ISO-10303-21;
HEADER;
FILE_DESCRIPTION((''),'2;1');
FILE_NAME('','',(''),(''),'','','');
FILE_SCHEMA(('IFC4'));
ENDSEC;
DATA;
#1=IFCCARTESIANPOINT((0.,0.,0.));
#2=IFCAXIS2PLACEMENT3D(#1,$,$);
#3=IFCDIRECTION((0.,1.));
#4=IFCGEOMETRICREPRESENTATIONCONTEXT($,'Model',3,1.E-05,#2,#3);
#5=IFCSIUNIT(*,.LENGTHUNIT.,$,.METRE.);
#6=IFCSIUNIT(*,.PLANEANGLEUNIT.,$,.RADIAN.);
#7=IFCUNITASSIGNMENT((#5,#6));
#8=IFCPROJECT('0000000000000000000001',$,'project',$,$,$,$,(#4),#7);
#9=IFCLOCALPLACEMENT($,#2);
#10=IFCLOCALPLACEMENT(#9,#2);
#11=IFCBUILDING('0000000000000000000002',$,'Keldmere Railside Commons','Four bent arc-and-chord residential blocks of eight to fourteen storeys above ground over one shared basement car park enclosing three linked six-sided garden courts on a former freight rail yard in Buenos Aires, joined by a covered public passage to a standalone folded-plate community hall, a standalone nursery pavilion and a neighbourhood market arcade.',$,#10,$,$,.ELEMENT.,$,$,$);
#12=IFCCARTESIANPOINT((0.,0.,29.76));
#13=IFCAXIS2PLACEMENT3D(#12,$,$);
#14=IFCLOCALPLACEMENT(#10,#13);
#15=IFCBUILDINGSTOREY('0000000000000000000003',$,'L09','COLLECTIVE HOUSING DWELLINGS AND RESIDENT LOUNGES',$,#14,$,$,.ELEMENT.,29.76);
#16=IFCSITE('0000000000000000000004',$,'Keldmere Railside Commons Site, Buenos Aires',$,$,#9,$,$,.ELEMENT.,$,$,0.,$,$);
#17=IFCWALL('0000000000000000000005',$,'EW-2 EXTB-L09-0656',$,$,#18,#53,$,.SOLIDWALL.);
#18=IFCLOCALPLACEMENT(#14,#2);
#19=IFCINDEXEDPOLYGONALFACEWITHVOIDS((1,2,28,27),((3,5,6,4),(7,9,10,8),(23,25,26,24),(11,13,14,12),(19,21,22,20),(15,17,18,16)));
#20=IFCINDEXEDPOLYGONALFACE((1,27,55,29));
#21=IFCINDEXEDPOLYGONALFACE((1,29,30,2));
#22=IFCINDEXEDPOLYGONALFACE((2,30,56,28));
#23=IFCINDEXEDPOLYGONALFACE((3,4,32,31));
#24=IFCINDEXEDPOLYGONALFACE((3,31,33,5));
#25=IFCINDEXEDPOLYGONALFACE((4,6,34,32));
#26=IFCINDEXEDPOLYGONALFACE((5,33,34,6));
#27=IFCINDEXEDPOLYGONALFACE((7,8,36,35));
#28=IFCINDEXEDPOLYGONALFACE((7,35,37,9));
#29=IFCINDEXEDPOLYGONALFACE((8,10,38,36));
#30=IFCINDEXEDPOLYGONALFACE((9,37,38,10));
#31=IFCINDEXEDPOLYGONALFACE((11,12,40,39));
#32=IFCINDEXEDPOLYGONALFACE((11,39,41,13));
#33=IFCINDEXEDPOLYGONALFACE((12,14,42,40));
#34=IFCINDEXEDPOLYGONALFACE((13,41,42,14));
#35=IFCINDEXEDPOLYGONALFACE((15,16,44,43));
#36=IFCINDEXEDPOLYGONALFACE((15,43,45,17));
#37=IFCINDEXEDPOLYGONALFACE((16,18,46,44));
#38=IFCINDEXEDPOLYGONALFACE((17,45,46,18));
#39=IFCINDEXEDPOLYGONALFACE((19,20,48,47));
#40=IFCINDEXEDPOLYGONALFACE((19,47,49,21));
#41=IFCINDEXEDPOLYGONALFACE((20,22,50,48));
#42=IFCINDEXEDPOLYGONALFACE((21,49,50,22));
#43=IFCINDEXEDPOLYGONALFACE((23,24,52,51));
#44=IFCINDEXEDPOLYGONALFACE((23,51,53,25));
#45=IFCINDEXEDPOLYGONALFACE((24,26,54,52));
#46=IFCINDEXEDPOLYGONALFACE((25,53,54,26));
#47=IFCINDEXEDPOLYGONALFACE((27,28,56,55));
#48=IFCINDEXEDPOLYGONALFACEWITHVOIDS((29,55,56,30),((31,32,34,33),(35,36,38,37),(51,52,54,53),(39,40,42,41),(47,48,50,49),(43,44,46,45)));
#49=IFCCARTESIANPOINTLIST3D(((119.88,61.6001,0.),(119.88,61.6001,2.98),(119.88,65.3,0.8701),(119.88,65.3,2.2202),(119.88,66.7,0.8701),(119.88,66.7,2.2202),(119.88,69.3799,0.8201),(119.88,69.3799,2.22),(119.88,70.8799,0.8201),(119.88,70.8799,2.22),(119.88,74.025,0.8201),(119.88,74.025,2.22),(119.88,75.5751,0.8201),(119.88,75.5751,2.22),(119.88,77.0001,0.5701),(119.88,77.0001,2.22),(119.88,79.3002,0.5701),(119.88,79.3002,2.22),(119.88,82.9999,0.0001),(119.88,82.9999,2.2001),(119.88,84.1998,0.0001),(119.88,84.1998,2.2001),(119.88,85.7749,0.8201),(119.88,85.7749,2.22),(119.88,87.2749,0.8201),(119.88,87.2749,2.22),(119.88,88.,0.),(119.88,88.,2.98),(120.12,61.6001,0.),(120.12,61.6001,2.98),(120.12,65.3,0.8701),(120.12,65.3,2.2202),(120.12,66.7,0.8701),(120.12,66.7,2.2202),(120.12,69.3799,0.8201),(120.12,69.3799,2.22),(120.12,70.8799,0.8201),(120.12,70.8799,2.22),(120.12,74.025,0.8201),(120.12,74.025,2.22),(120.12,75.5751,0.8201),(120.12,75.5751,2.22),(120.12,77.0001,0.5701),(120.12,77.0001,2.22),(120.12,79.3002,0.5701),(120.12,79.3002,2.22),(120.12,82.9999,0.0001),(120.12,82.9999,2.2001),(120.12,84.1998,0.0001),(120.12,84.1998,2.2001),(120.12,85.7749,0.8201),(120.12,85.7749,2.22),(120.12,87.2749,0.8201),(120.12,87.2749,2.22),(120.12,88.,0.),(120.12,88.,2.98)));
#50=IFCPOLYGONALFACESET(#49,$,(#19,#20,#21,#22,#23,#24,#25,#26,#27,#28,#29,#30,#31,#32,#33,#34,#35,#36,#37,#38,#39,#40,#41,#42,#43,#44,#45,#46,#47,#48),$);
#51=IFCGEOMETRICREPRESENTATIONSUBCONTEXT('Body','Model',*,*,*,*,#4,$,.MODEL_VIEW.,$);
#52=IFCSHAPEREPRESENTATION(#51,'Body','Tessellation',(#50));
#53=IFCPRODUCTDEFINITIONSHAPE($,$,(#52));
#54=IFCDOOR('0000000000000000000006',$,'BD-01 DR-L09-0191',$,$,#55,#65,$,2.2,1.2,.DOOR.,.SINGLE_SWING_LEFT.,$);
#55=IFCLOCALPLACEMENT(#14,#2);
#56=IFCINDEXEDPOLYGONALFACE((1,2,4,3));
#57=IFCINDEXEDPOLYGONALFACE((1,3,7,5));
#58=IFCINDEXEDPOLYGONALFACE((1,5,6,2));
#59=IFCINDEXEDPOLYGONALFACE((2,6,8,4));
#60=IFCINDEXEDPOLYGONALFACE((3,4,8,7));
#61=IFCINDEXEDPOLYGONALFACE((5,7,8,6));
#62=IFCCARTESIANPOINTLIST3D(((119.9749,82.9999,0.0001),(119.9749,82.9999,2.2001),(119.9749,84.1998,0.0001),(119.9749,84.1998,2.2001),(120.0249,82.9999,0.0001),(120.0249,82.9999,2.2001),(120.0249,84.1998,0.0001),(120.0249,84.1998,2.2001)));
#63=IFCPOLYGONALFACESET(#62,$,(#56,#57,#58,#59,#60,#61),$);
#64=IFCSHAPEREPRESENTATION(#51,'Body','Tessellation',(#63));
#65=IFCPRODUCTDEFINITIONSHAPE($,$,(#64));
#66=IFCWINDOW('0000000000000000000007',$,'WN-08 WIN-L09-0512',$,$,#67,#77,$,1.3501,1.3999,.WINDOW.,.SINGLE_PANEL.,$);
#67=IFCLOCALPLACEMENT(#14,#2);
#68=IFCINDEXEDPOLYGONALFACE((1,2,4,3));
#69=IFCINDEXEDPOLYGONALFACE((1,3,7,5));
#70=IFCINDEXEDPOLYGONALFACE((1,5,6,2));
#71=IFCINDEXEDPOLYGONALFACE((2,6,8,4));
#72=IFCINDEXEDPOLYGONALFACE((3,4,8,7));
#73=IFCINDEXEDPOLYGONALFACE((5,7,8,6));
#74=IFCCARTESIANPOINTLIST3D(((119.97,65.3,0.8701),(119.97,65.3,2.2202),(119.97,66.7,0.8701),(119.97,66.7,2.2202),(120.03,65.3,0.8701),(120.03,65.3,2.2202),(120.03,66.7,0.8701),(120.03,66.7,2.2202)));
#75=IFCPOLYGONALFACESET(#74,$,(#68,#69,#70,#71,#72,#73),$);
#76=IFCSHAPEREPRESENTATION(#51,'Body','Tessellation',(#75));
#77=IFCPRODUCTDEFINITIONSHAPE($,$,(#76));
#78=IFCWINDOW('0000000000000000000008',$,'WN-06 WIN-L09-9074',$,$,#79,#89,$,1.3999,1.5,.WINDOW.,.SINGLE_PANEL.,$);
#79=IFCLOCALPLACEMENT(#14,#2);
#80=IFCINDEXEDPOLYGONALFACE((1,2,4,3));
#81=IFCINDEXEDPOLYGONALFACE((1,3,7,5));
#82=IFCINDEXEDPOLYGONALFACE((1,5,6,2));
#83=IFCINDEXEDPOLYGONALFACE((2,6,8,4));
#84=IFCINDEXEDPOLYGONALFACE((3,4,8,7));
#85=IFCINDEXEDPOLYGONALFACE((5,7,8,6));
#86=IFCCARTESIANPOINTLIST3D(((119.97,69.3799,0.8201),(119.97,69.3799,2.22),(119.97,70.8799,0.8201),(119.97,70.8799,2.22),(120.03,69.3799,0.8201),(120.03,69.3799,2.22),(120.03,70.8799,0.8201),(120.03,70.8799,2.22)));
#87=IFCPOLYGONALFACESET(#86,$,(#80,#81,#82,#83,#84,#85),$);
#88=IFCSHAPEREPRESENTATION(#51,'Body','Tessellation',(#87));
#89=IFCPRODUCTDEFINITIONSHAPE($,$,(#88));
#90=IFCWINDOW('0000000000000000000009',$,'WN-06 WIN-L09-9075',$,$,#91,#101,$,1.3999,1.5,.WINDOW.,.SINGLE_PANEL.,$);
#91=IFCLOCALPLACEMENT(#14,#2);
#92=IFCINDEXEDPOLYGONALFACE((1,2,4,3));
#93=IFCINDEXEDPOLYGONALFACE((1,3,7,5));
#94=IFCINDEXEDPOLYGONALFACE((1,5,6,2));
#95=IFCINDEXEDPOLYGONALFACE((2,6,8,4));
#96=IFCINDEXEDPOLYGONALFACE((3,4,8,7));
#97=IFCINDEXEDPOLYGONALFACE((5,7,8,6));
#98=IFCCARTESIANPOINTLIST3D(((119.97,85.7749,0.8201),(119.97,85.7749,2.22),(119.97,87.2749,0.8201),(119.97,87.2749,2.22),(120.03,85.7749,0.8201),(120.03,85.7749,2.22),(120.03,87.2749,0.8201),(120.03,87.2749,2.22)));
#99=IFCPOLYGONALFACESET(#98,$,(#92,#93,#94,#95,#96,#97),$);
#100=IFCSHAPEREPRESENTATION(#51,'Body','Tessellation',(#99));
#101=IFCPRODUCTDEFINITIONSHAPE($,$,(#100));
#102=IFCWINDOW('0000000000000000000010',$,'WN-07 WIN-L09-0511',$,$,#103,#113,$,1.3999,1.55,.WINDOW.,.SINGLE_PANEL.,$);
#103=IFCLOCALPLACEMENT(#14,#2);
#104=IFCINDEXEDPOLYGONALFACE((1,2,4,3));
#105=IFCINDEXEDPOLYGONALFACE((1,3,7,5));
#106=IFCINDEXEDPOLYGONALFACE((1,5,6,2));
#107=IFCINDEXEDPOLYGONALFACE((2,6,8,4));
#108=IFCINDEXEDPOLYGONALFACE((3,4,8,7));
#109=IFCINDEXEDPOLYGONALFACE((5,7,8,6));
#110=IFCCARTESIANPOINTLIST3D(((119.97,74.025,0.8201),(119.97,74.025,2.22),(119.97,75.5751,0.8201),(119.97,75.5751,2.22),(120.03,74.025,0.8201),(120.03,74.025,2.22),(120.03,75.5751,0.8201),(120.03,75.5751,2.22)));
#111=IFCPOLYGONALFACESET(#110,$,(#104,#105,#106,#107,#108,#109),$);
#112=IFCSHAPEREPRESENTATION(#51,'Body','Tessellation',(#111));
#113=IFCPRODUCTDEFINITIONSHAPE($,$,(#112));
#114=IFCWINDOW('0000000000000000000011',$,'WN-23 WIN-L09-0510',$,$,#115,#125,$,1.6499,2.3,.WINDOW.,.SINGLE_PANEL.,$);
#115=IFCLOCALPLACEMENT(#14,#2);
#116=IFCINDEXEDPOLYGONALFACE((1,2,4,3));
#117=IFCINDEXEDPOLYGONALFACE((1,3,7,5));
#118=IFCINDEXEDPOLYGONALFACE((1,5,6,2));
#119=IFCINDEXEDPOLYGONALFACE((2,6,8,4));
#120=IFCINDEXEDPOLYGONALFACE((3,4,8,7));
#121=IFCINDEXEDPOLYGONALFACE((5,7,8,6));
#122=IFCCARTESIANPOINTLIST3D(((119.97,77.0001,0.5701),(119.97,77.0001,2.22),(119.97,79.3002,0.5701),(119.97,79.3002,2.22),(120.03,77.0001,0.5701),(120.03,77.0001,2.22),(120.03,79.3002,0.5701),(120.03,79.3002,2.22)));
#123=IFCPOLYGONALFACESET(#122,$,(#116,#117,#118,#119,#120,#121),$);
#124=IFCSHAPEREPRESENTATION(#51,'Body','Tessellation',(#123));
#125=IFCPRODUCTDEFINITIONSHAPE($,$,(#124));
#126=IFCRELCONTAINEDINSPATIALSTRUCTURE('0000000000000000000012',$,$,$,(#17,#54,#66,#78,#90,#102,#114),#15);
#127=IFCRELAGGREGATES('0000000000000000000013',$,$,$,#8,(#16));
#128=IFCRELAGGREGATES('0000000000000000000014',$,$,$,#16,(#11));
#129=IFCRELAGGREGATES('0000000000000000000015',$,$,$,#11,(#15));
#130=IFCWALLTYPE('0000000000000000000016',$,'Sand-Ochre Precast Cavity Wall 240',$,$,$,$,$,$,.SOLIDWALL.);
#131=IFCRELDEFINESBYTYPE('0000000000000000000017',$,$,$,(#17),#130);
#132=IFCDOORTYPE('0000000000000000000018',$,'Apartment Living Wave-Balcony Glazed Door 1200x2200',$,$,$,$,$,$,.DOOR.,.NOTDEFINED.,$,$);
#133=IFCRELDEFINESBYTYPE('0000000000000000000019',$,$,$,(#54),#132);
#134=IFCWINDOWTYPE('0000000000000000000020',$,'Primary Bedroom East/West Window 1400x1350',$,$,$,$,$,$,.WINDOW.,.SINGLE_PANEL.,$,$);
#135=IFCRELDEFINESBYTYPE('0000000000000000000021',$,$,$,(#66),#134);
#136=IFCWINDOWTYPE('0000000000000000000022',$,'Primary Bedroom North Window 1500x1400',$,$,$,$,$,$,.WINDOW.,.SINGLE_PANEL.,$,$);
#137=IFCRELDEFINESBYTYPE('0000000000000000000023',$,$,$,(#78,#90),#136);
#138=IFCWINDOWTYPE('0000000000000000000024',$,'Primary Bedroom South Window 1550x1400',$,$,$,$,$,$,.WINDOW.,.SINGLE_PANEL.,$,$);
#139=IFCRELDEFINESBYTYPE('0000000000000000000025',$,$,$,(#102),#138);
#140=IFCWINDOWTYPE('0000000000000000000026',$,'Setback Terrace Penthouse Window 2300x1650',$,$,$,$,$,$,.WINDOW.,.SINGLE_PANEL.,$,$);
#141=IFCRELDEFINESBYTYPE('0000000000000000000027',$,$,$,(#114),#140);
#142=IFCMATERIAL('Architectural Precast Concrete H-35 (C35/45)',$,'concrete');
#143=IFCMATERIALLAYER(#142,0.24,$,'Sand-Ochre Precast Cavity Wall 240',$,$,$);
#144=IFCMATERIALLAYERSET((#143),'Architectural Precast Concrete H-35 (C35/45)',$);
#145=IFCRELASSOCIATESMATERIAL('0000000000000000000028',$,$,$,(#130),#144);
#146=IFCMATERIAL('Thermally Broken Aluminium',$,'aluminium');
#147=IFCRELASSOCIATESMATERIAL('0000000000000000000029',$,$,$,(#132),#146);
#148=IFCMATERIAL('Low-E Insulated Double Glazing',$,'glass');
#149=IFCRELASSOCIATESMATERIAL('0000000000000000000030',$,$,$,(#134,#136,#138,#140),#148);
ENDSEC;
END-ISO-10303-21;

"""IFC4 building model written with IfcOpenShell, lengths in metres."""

from ifc_helpers import new_model, si_unit, direction, frame, frame_2d, origin, place, context, subcontext, project, spatial, rectangle, extrude, material, layer, layer_set, type_object, element, fill, save


model = new_model("IFC4")

# Units and contexts
model_context = context("Model", 3, precision=1e-05, world=origin(), true_north=direction((0.0, 1.0)))
body_context = subcontext(model_context, "Body", "Model", "MODEL_VIEW")
ifc_project = project(units=[si_unit("LENGTHUNIT", "METRE"), si_unit("PLANEANGLEUNIT", "RADIAN")], contexts=[model_context])

# Site, building, storey
site_placement = place(None, origin())
site = spatial("IfcSite", under=ifc_project, at=site_placement, Name="Keldmere Railside Commons Site, Buenos Aires", CompositionType="ELEMENT", RefElevation=0.0)
building_placement = place(site_placement, origin())
building = spatial("IfcBuilding", under=site, at=building_placement, Name="Keldmere Railside Commons", Description="Four bent arc-and-chord residential blocks of eight to fourteen storeys above ground over one shared basement car park enclosing three linked six-sided garden courts on a former freight rail yard in Buenos Aires, joined by a covered public passage to a standalone folded-plate community hall, a standalone nursery pavilion and a neighbourhood market arcade.", CompositionType="ELEMENT")
storey_placement = place(building_placement, frame((0.0, 0.0, 29.76)))
storey = spatial("IfcBuildingStorey", under=building, at=storey_placement, Name="L09", Description="COLLECTIVE HOUSING DWELLINGS AND RESIDENT LOUNGES", CompositionType="ELEMENT", Elevation=29.76)

# Shared definitions
ifc_material_1 = material(Name="Thermally Broken Aluminium", Category="aluminium")

# Wall, openings, door, windows
ifc_material_2 = material(Name="Architectural Precast Concrete H-35 (C35/45)", Category="concrete")
ifc_layer_1 = layer(ifc_material_2, 0.24, Name="Sand-Ochre Precast Cavity Wall 240")
ifc_layer_set_1 = layer_set([ifc_layer_1], Name="Architectural Precast Concrete H-35 (C35/45)")
wall_type_1 = type_object("IfcWallType", Name="Sand-Ochre Precast Cavity Wall 240", PredefinedType="SOLIDWALL", material=ifc_layer_set_1)
wall_1_placement = place(storey_placement, frame((120.0, 88.0, 0.0), z_axis=(0.0, 0.0, 1.0), x_axis=(0.0, -1.0, 0.0)))
wall_1 = element("IfcWall", 1, at=wall_1_placement, inside=storey, type_object=wall_type_1, Name="EW-2 EXTB-L09-0656", PredefinedType="SOLIDWALL", context=body_context, shape_type="SweptSolid", body=[
    extrude(rectangle(XDim=26.3999, YDim=0.24, at=frame_2d((13.2, 0.0))), origin(), (0.0, 0.0, 1.0), 2.98),
])
opening_1_placement = place(wall_1_placement, frame((3.8, 0.0, 0.0)))
opening_1 = element("IfcOpeningElement", 2, at=opening_1_placement, cuts=wall_1, PredefinedType="OPENING", context=body_context, shape_type="SweptSolid", body=[
    extrude(rectangle(XDim=1.2, YDim=2.2, at=frame_2d((0.6001, 1.1001))), frame((0.0, 0.1299, 0.0), z_axis=(0.0, -1.0, 0.0), x_axis=(1.0, 0.0, 0.0)), (0.0, 0.0, 1.0), 0.26),
])
opening_2_placement = place(wall_1_placement, frame((8.7, 0.0, 0.5701)))
opening_2 = element("IfcOpeningElement", 3, at=opening_2_placement, cuts=wall_1, PredefinedType="OPENING", context=body_context, shape_type="SweptSolid", body=[
    extrude(rectangle(XDim=2.3, YDim=1.6499, at=frame_2d((1.1499, 0.825))), frame((0.0, 0.1299, 0.0), z_axis=(0.0, -1.0, 0.0), x_axis=(1.0, 0.0, 0.0)), (0.0, 0.0, 1.0), 0.26),
])
opening_3_placement = place(wall_1_placement, frame((12.425, 0.0, 0.8201)))
opening_3 = element("IfcOpeningElement", 4, at=opening_3_placement, cuts=wall_1, PredefinedType="OPENING", context=body_context, shape_type="SweptSolid", body=[
    extrude(rectangle(XDim=1.55, YDim=1.3999, at=frame_2d((0.7749, 0.7))), frame((0.0, 0.1299, 0.0), z_axis=(0.0, -1.0, 0.0), x_axis=(1.0, 0.0, 0.0)), (0.0, 0.0, 1.0), 0.26),
])
opening_4_placement = place(wall_1_placement, frame((21.3, 0.0, 0.8701)))
opening_4 = element("IfcOpeningElement", 5, at=opening_4_placement, cuts=wall_1, PredefinedType="OPENING", context=body_context, shape_type="SweptSolid", body=[
    extrude(rectangle(XDim=1.3999, YDim=1.3501, at=frame_2d((0.7, 0.675))), frame((0.0, 0.1299, 0.0), z_axis=(0.0, -1.0, 0.0), x_axis=(1.0, 0.0, 0.0)), (0.0, 0.0, 1.0), 0.26),
])
opening_5_placement = place(wall_1_placement, frame((17.1201, 0.0, 0.8201)))
opening_5 = element("IfcOpeningElement", 6, at=opening_5_placement, cuts=wall_1, PredefinedType="OPENING", context=body_context, shape_type="SweptSolid", body=[
    extrude(rectangle(XDim=1.5, YDim=1.3999, at=frame_2d((0.75, 0.7))), frame((0.0, 0.1299, 0.0), z_axis=(0.0, -1.0, 0.0), x_axis=(1.0, 0.0, 0.0)), (0.0, 0.0, 1.0), 0.26),
])
opening_6_placement = place(wall_1_placement, frame((0.7251, 0.0, 0.8201)))
opening_6 = element("IfcOpeningElement", 7, at=opening_6_placement, cuts=wall_1, PredefinedType="OPENING", context=body_context, shape_type="SweptSolid", body=[
    extrude(rectangle(XDim=1.5, YDim=1.3999, at=frame_2d((0.75, 0.7))), frame((0.0, 0.1299, 0.0), z_axis=(0.0, -1.0, 0.0), x_axis=(1.0, 0.0, 0.0)), (0.0, 0.0, 1.0), 0.26),
])
door_type_1 = type_object("IfcDoorType", Name="Apartment Living Wave-Balcony Glazed Door 1200x2200", OperationType="NOTDEFINED", PredefinedType="DOOR", material=ifc_material_1)
door_1_placement = place(opening_1_placement, origin())
door_1 = element("IfcDoor", 8, at=door_1_placement, inside=storey, type_object=door_type_1, Name="BD-01 DR-L09-0191", OperationType="SINGLE_SWING_LEFT", OverallHeight=2.2, OverallWidth=1.2, PredefinedType="DOOR", context=body_context, shape_type="SweptSolid", body=[
    extrude(rectangle(XDim=1.2, YDim=2.2, at=frame_2d((0.6001, 1.1001))), frame((0.0, 0.0249, 0.0), z_axis=(0.0, -1.0, 0.0), x_axis=(1.0, 0.0, 0.0)), (0.0, 0.0, 1.0), 0.05),
])
fill(opening_1, door_1)
ifc_material_3 = material(Name="Low-E Insulated Double Glazing", Category="glass")
window_type_1 = type_object("IfcWindowType", Name="Primary Bedroom East/West Window 1400x1350", PartitioningType="SINGLE_PANEL", PredefinedType="WINDOW", material=ifc_material_3)
window_1_placement = place(opening_4_placement, origin())
window_1 = element("IfcWindow", 9, at=window_1_placement, inside=storey, type_object=window_type_1, Name="WN-08 WIN-L09-0512", OverallHeight=1.3501, OverallWidth=1.3999, PartitioningType="SINGLE_PANEL", PredefinedType="WINDOW", context=body_context, shape_type="SweptSolid", body=[
    extrude(rectangle(XDim=1.3999, YDim=1.3501, at=frame_2d((0.7, 0.675))), frame((0.0, 0.03, 0.0), z_axis=(0.0, -1.0, 0.0), x_axis=(1.0, 0.0, 0.0)), (0.0, 0.0, 1.0), 0.0601),
])
fill(opening_4, window_1)
window_type_2 = type_object("IfcWindowType", Name="Primary Bedroom North Window 1500x1400", PartitioningType="SINGLE_PANEL", PredefinedType="WINDOW", material=ifc_material_3)
window_2_placement = place(opening_5_placement, origin())
window_2 = element("IfcWindow", 10, at=window_2_placement, inside=storey, type_object=window_type_2, Name="WN-06 WIN-L09-9074", OverallHeight=1.3999, OverallWidth=1.5, PartitioningType="SINGLE_PANEL", PredefinedType="WINDOW", context=body_context, shape_type="SweptSolid", body=[
    extrude(rectangle(XDim=1.5, YDim=1.3999, at=frame_2d((0.75, 0.7))), frame((0.0, 0.03, 0.0), z_axis=(0.0, -1.0, 0.0), x_axis=(1.0, 0.0, 0.0)), (0.0, 0.0, 1.0), 0.0601),
])
fill(opening_5, window_2)
window_3_placement = place(opening_6_placement, origin())
window_3 = element("IfcWindow", 11, at=window_3_placement, inside=storey, type_object=window_type_2, Name="WN-06 WIN-L09-9075", OverallHeight=1.3999, OverallWidth=1.5, PartitioningType="SINGLE_PANEL", PredefinedType="WINDOW", context=body_context, shape_type="SweptSolid", body=[
    extrude(rectangle(XDim=1.5, YDim=1.3999, at=frame_2d((0.75, 0.7))), frame((0.0, 0.03, 0.0), z_axis=(0.0, -1.0, 0.0), x_axis=(1.0, 0.0, 0.0)), (0.0, 0.0, 1.0), 0.0601),
])
fill(opening_6, window_3)
window_type_3 = type_object("IfcWindowType", Name="Primary Bedroom South Window 1550x1400", PartitioningType="SINGLE_PANEL", PredefinedType="WINDOW", material=ifc_material_3)
window_4_placement = place(opening_3_placement, origin())
window_4 = element("IfcWindow", 12, at=window_4_placement, inside=storey, type_object=window_type_3, Name="WN-07 WIN-L09-0511", OverallHeight=1.3999, OverallWidth=1.55, PartitioningType="SINGLE_PANEL", PredefinedType="WINDOW", context=body_context, shape_type="SweptSolid", body=[
    extrude(rectangle(XDim=1.55, YDim=1.3999, at=frame_2d((0.7749, 0.7))), frame((0.0, 0.03, 0.0), z_axis=(0.0, -1.0, 0.0), x_axis=(1.0, 0.0, 0.0)), (0.0, 0.0, 1.0), 0.0601),
])
fill(opening_3, window_4)
window_type_4 = type_object("IfcWindowType", Name="Setback Terrace Penthouse Window 2300x1650", PartitioningType="SINGLE_PANEL", PredefinedType="WINDOW", material=ifc_material_3)
window_5_placement = place(opening_2_placement, origin())
window_5 = element("IfcWindow", 13, at=window_5_placement, inside=storey, type_object=window_type_4, Name="WN-23 WIN-L09-0510", OverallHeight=1.6499, OverallWidth=2.3, PartitioningType="SINGLE_PANEL", PredefinedType="WINDOW", context=body_context, shape_type="SweptSolid", body=[
    extrude(rectangle(XDim=2.3, YDim=1.6499, at=frame_2d((1.1499, 0.825))), frame((0.0, 0.03, 0.0), z_axis=(0.0, -1.0, 0.0), x_axis=(1.0, 0.0, 0.0)), (0.0, 0.0, 1.0), 0.0601),
])
fill(opening_2, window_5)

save(model, "model.ifc")
